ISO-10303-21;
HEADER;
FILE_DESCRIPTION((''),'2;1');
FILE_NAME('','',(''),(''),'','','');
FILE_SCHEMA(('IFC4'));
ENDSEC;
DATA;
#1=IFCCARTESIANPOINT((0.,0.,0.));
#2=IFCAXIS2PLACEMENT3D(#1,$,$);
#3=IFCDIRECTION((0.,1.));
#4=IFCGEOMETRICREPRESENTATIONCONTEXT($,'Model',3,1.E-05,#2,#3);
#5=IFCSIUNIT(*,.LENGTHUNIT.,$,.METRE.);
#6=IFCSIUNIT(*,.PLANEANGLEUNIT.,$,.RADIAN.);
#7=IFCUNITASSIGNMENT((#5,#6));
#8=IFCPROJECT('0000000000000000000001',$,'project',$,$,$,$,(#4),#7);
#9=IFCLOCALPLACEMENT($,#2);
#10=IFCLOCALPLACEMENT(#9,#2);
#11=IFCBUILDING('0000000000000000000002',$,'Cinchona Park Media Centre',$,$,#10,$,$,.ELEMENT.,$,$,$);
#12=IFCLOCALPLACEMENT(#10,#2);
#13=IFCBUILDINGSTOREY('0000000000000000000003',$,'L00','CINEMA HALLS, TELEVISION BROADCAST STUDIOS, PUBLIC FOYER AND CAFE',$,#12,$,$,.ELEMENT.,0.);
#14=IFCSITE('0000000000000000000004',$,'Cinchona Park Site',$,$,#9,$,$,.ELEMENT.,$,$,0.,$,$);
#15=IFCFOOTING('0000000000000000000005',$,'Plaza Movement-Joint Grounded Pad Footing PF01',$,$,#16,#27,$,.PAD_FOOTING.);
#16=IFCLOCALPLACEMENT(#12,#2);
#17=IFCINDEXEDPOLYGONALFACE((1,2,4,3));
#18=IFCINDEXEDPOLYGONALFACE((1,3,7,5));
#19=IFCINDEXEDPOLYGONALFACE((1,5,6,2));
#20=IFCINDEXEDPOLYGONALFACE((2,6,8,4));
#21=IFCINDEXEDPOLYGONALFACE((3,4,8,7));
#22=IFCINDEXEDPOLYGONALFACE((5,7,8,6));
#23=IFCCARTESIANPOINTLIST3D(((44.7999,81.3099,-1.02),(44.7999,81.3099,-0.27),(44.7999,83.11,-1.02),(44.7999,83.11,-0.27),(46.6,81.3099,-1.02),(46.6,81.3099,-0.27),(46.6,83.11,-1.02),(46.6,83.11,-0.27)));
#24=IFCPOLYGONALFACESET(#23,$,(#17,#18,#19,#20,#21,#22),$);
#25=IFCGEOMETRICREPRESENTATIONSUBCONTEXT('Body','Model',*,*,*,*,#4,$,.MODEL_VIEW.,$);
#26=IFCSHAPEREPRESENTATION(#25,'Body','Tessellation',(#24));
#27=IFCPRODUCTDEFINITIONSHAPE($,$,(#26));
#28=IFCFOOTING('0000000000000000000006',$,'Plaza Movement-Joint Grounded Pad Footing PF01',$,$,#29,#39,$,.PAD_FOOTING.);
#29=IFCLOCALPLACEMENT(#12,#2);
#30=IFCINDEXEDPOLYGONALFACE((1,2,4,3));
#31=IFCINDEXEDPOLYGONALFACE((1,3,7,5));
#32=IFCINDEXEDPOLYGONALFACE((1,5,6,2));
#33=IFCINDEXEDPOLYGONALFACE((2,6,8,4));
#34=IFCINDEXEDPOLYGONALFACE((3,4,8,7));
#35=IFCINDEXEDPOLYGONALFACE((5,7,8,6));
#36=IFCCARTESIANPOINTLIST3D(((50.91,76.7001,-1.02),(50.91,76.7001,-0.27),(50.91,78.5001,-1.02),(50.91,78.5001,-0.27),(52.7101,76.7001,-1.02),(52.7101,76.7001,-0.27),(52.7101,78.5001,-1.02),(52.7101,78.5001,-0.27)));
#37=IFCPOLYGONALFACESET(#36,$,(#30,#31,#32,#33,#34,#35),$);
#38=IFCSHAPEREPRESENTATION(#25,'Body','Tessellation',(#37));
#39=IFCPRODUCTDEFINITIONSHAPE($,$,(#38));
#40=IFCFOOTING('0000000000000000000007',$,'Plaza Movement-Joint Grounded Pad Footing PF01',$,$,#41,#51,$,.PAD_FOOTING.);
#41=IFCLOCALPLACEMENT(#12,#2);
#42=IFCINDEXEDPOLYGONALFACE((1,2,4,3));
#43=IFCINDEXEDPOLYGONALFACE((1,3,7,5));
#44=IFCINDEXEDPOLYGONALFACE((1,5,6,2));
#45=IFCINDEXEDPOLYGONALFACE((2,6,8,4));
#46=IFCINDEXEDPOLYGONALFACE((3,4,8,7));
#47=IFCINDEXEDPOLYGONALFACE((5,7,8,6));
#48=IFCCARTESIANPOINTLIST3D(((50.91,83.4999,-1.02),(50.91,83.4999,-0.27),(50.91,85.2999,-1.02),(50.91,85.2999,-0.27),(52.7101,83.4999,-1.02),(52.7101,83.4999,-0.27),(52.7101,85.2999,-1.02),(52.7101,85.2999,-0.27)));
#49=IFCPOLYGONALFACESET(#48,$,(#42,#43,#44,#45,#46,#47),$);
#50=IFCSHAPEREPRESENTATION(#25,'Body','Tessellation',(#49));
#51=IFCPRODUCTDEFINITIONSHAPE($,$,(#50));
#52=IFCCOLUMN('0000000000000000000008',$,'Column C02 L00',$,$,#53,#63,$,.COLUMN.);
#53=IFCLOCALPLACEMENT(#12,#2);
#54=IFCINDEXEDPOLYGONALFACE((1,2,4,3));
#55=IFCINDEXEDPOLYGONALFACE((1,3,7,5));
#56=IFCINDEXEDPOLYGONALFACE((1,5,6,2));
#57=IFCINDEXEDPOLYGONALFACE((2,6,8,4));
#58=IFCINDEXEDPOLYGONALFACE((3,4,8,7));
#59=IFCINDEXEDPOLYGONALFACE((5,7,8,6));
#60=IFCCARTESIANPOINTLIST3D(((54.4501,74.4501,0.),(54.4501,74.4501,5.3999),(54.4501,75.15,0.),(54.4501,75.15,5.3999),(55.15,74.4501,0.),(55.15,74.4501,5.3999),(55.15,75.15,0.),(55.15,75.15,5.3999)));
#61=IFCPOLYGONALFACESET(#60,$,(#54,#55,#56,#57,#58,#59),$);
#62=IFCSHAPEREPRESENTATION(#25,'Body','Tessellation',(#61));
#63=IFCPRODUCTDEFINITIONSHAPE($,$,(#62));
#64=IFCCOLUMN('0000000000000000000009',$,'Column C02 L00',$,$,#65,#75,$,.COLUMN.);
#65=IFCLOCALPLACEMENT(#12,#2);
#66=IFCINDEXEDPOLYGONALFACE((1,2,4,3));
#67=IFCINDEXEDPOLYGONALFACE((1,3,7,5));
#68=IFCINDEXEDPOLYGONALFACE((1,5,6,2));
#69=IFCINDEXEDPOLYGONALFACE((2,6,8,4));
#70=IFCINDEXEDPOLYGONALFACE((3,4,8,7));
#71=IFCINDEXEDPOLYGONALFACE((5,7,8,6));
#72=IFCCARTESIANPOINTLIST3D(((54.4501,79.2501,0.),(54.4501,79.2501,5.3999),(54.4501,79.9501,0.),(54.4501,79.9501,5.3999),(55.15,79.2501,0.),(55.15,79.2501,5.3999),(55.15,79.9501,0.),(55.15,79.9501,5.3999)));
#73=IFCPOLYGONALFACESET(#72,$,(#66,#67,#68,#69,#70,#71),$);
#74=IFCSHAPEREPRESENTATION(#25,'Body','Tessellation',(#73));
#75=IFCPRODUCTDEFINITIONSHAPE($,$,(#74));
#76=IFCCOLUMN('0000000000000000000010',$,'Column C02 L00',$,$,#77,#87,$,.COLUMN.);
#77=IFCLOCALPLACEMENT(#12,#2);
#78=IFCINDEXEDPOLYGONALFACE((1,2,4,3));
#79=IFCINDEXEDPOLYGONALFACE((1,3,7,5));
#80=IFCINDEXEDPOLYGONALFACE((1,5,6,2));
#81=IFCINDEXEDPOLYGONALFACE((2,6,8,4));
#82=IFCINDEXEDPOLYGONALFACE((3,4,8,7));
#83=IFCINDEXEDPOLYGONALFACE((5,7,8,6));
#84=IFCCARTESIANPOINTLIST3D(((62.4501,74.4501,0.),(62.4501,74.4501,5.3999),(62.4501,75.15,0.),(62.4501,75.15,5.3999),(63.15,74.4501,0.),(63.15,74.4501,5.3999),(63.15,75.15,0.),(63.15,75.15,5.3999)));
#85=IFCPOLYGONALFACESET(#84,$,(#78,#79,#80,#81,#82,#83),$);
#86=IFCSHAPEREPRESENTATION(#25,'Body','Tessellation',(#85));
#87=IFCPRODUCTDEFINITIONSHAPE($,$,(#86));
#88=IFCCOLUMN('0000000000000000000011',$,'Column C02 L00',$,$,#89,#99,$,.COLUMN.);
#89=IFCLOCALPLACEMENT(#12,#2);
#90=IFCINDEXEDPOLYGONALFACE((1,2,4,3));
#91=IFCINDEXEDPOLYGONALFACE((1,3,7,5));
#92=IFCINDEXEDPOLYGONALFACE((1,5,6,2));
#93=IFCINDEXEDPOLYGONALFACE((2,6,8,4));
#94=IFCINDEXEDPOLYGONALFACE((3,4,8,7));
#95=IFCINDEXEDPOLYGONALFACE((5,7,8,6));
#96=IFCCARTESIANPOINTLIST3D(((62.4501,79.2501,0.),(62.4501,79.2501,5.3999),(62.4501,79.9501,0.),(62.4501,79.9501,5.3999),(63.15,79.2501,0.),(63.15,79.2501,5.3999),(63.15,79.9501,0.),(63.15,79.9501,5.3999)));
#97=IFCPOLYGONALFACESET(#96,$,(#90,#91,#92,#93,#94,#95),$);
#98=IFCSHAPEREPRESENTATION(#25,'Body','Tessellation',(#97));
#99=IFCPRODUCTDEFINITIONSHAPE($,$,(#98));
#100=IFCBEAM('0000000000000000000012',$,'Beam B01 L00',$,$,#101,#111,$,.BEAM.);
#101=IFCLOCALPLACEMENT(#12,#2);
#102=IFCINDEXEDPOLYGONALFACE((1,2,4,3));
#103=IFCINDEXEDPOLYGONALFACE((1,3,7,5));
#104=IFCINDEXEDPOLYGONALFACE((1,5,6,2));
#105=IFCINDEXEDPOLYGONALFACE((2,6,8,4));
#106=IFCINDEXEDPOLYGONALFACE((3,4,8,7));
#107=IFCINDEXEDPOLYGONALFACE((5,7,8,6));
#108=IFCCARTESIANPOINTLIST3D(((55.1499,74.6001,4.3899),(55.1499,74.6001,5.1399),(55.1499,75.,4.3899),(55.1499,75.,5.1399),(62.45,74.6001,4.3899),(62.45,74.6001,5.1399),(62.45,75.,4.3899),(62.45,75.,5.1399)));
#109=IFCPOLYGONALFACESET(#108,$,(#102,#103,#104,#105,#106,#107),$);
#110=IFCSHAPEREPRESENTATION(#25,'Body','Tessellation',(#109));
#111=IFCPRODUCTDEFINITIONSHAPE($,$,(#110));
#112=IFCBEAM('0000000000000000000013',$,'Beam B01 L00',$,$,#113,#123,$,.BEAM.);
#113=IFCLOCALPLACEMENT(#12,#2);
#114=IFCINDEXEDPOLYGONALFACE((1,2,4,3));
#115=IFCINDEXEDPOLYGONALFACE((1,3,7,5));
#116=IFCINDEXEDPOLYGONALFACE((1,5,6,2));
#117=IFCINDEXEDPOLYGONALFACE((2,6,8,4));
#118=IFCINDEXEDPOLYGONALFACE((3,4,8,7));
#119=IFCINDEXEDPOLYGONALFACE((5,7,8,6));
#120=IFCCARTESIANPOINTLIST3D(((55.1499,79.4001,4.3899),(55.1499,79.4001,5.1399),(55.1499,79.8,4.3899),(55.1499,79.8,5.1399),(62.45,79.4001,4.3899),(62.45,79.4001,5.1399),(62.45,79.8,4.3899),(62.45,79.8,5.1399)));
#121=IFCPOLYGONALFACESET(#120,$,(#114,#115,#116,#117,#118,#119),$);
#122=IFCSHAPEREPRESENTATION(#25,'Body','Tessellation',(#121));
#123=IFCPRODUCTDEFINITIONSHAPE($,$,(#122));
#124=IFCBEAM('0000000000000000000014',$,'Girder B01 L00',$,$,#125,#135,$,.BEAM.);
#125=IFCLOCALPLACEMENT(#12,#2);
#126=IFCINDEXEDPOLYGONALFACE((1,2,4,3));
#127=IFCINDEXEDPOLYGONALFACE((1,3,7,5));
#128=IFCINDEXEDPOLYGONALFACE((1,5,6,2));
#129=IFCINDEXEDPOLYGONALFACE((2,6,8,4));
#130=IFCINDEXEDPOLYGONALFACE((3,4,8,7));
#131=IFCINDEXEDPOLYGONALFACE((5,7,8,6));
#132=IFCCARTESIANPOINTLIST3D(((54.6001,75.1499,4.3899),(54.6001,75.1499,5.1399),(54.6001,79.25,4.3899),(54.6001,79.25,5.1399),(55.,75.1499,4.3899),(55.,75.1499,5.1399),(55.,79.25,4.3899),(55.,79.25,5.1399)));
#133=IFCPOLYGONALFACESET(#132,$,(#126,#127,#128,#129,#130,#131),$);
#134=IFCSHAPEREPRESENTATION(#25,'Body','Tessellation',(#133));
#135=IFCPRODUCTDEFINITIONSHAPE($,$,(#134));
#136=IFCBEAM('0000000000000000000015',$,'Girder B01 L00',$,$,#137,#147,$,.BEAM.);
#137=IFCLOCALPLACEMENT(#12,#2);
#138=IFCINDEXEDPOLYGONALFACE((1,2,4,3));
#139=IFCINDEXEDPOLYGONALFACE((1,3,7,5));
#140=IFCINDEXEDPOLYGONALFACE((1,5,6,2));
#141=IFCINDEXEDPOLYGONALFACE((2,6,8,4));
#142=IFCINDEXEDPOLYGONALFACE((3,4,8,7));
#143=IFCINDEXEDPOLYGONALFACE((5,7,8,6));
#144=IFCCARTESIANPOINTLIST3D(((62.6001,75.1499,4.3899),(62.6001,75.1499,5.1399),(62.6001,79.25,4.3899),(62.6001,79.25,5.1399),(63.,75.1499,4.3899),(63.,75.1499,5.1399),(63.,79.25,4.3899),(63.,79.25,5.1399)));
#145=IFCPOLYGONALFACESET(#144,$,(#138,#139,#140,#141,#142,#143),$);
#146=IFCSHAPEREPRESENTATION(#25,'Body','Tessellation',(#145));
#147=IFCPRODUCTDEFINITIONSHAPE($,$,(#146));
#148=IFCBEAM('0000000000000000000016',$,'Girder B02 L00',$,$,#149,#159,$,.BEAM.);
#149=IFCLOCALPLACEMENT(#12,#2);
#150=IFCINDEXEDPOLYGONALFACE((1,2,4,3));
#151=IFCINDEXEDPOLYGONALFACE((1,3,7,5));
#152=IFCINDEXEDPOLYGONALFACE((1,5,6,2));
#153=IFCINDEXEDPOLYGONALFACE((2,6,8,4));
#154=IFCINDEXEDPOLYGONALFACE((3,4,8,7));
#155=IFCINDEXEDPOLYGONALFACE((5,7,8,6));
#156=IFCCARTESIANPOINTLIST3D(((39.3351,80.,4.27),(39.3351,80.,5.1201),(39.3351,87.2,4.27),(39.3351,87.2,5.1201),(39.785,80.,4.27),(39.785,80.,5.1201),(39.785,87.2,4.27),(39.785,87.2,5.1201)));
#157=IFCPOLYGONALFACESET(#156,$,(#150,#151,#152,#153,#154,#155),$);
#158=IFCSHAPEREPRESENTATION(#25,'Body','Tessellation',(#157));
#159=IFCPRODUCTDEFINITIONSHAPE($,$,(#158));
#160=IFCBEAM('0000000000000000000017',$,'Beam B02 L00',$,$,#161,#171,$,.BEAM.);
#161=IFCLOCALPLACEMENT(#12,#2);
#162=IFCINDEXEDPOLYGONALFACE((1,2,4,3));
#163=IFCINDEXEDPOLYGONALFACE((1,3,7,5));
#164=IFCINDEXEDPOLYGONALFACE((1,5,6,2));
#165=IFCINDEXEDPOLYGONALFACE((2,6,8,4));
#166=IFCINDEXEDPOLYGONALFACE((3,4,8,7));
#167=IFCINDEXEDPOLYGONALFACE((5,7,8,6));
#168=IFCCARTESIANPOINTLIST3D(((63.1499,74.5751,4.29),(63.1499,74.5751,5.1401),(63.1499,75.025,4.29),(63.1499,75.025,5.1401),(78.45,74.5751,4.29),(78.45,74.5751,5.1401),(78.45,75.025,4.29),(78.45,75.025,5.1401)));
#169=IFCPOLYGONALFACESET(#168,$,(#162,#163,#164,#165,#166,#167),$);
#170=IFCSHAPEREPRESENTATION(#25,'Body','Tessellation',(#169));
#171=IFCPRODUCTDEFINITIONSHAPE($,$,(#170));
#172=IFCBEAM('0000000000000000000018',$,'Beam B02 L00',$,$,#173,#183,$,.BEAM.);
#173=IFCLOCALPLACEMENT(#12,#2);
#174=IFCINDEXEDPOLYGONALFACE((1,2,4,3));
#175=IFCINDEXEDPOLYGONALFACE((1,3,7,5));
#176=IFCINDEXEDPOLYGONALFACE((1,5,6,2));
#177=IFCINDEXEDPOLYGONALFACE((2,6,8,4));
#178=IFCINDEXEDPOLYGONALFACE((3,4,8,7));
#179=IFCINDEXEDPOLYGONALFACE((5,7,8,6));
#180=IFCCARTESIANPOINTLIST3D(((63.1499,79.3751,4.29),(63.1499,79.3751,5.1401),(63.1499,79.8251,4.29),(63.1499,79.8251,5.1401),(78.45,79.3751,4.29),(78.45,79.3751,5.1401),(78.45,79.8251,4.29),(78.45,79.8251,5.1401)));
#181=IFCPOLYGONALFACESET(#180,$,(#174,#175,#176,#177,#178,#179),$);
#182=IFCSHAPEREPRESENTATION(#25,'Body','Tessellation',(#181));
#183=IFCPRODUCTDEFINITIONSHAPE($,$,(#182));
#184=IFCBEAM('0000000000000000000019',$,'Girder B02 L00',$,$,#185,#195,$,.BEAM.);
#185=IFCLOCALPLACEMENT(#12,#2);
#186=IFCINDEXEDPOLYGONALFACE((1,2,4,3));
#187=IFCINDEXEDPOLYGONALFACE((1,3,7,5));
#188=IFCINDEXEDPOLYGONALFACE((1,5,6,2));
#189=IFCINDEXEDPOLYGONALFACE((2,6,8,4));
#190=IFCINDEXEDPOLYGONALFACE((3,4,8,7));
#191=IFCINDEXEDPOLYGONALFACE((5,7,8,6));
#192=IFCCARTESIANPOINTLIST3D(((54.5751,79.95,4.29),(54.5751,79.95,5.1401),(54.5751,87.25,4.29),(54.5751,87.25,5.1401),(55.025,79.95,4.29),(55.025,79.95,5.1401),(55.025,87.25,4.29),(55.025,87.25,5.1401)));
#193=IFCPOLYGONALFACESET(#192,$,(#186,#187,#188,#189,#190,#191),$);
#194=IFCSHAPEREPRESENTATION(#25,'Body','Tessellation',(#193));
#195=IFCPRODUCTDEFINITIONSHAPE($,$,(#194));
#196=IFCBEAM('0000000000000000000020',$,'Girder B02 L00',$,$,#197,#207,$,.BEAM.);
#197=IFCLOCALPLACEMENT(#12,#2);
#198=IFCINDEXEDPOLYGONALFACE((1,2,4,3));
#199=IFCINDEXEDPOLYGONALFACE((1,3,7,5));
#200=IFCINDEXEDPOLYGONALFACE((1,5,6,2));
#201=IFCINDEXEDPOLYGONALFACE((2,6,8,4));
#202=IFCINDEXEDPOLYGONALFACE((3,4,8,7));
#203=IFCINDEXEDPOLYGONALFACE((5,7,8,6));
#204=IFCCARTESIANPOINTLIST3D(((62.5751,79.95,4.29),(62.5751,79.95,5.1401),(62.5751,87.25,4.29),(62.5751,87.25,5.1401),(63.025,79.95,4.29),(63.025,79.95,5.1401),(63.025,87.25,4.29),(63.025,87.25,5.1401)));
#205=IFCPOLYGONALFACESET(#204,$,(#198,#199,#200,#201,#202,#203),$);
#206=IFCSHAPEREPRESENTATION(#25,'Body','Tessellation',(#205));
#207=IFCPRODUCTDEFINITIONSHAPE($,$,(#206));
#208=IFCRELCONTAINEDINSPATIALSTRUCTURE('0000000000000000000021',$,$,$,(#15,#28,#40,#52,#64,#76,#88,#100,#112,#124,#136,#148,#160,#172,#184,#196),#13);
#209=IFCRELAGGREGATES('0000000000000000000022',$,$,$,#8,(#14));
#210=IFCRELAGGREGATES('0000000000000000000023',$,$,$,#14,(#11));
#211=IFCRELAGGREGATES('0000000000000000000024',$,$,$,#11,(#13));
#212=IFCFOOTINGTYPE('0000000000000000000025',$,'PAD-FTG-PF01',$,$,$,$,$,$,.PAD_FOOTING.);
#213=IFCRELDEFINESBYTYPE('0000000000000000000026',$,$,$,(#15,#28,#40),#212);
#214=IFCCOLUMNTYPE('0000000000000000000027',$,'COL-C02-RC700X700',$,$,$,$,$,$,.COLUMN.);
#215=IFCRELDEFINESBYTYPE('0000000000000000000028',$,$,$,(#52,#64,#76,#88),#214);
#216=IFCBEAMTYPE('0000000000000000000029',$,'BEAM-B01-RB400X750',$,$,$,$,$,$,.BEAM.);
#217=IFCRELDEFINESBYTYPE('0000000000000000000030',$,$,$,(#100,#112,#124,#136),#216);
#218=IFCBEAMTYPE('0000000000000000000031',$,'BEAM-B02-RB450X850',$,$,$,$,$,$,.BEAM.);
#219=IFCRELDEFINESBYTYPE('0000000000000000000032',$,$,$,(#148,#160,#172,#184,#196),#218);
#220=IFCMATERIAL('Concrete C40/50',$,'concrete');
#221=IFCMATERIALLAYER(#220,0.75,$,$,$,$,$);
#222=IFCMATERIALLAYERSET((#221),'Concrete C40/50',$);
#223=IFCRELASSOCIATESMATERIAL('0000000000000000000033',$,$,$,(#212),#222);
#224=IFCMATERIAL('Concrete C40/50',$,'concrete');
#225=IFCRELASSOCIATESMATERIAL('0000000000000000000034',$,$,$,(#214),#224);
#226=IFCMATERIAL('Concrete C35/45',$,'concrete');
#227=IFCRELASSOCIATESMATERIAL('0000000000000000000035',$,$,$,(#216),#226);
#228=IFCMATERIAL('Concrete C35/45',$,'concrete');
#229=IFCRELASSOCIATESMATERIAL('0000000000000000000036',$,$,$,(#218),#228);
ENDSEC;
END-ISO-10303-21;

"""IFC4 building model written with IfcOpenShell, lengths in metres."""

from ifc_helpers import new_model, si_unit, direction, frame, origin, origin_2d, place, context, subcontext, project, spatial, rectangle, extrude, material, layer, layer_set, material_profile, profile_set, type_object, element, save


model = new_model("IFC4")

# Units and contexts
model_context = context("Model", 3, precision=1e-05, world=origin(), true_north=direction((0.0, 1.0)))
body_context = subcontext(model_context, "Body", "Model", "MODEL_VIEW")
ifc_project = project(units=[si_unit("LENGTHUNIT", "METRE"), si_unit("PLANEANGLEUNIT", "RADIAN")], contexts=[model_context])

# Site, building, storey
site_placement = place(None, origin())
site = spatial("IfcSite", under=ifc_project, at=site_placement, Name="Cinchona Park Site", CompositionType="ELEMENT", RefElevation=0.0)
building_placement = place(site_placement, origin())
building = spatial("IfcBuilding", under=site, at=building_placement, Name="Cinchona Park Media Centre", CompositionType="ELEMENT")
storey_placement = place(building_placement, origin())
storey = spatial("IfcBuildingStorey", under=building, at=storey_placement, Name="L00", Description="CINEMA HALLS, TELEVISION BROADCAST STUDIOS, PUBLIC FOYER AND CAFE", CompositionType="ELEMENT", Elevation=0.0)

# Footings
ifc_material_1 = material(Name="Concrete C40/50", Category="concrete")
ifc_layer_1 = layer(ifc_material_1, 0.75)
ifc_layer_set_1 = layer_set([ifc_layer_1], Name="Concrete C40/50")
footing_type = type_object("IfcFootingType", Name="PAD-FTG-PF01", PredefinedType="PAD_FOOTING", material=ifc_layer_set_1)
for number, where, z_axis, x_axis, name in (
    (1, (45.7, 82.21, -1.02), (0.0, 0.0, 1.0), (1.0, 0.0, 0.0), "Plaza Movement-Joint Grounded Pad Footing PF01"),
    (2, (51.8101, 77.6001, -1.02), (0.0, 0.0, 1.0), (1.0, 0.0, 0.0), "Plaza Movement-Joint Grounded Pad Footing PF01"),
    (3, (51.8101, 84.3999, -1.02), (0.0, 0.0, 1.0), (1.0, 0.0, 0.0), "Plaza Movement-Joint Grounded Pad Footing PF01"),
):
    element("IfcFooting", number, at=place(storey_placement, frame(where, z_axis=z_axis, x_axis=x_axis)), inside=storey, type_object=footing_type, Name=name, PredefinedType="PAD_FOOTING", context=body_context, shape_type="SweptSolid", body=[
        extrude(rectangle(XDim=1.8, YDim=1.8, at=origin_2d()), origin(), (0.0, 0.0, 1.0), 0.75),
    ])

# Columns
ifc_material_2 = material(Name="Concrete C40/50", Category="concrete")
ifc_material_profile_1 = material_profile(ifc_material_2, rectangle(XDim=0.7, YDim=0.7, at=origin_2d()), Name="RC 700X700")
ifc_profile_set_1 = profile_set([ifc_material_profile_1], Name="Concrete C40/50")
column_type = type_object("IfcColumnType", Name="COL-C02-RC700X700", PredefinedType="COLUMN", material=ifc_profile_set_1)
for number, where, z_axis, x_axis, name in (
    (4, (54.8, 74.8, 0.0), (0.0, 0.0, 1.0), (1.0, 0.0, 0.0), "Column C02 L00"),
    (5, (54.8, 79.6001, 0.0), (0.0, 0.0, 1.0), (1.0, 0.0, 0.0), "Column C02 L00"),
    (6, (62.8, 74.8, 0.0), (0.0, 0.0, 1.0), (1.0, 0.0, 0.0), "Column C02 L00"),
    (7, (62.8, 79.6001, 0.0), (0.0, 0.0, 1.0), (1.0, 0.0, 0.0), "Column C02 L00"),
):
    element("IfcColumn", number, at=place(storey_placement, frame(where, z_axis=z_axis, x_axis=x_axis)), inside=storey, type_object=column_type, Name=name, PredefinedType="COLUMN", context=body_context, shape_type="SweptSolid", body=[
        extrude(rectangle(XDim=0.7, YDim=0.7, at=origin_2d()), origin(), (0.0, 0.0, 1.0), 5.3999),
    ])

# Beams
ifc_material_3 = material(Name="Concrete C35/45", Category="concrete")
ifc_material_profile_2 = material_profile(ifc_material_3, rectangle(XDim=0.3999, YDim=0.75, at=origin_2d()), Name="RB 400X750")
ifc_profile_set_2 = profile_set([ifc_material_profile_2], Name="Concrete C35/45")
beam_type_1 = type_object("IfcBeamType", Name="BEAM-B01-RB400X750", PredefinedType="BEAM", material=ifc_profile_set_2)
for number, where, z_axis, x_axis, name in (
    (8, (55.1499, 74.8, 4.7649), (1.0, 0.0, 0.0), (0.0, 1.0, 0.0), "Beam B01 L00"),
    (9, (55.1499, 79.6001, 4.7649), (1.0, 0.0, 0.0), (0.0, 1.0, 0.0), "Beam B01 L00"),
):
    element("IfcBeam", number, at=place(storey_placement, frame(where, z_axis=z_axis, x_axis=x_axis)), inside=storey, type_object=beam_type_1, Name=name, PredefinedType="BEAM", context=body_context, shape_type="SweptSolid", body=[
        extrude(rectangle(XDim=0.3999, YDim=0.75, at=origin_2d()), origin(), (0.0, 0.0, 1.0), 7.3),
    ])
for number, where, z_axis, x_axis, name in (
    (10, (54.8, 75.1499, 4.7649), (0.0, 1.0, 0.0), (-1.0, 0.0, 0.0), "Girder B01 L00"),
    (11, (62.8, 75.1499, 4.7649), (0.0, 1.0, 0.0), (-1.0, 0.0, 0.0), "Girder B01 L00"),
):
    element("IfcBeam", number, at=place(storey_placement, frame(where, z_axis=z_axis, x_axis=x_axis)), inside=storey, type_object=beam_type_1, Name=name, PredefinedType="BEAM", context=body_context, shape_type="SweptSolid", body=[
        extrude(rectangle(XDim=0.3999, YDim=0.75, at=origin_2d()), origin(), (0.0, 0.0, 1.0), 4.1001),
    ])
ifc_material_4 = material(Name="Concrete C35/45", Category="concrete")
ifc_material_profile_3 = material_profile(ifc_material_4, rectangle(XDim=0.45, YDim=0.8501, at=origin_2d()), Name="RB 450X850")
ifc_profile_set_3 = profile_set([ifc_material_profile_3], Name="Concrete C35/45")
beam_type_2 = type_object("IfcBeamType", Name="BEAM-B02-RB450X850", PredefinedType="BEAM", material=ifc_profile_set_3)
beam_1_placement = place(storey_placement, frame((39.5601, 80.0, 4.6951), z_axis=(0.0, 1.0, 0.0), x_axis=(-1.0, 0.0, 0.0)))
element("IfcBeam", 12, at=beam_1_placement, inside=storey, type_object=beam_type_2, Name="Girder B02 L00", PredefinedType="BEAM", context=body_context, shape_type="SweptSolid", body=[
    extrude(rectangle(XDim=0.45, YDim=0.8501, at=origin_2d()), origin(), (0.0, 0.0, 1.0), 7.2),
])
for number, where, z_axis, x_axis, name in (
    (13, (63.1499, 74.8, 4.7151), (1.0, 0.0, 0.0), (0.0, 1.0, 0.0), "Beam B02 L00"),
    (14, (63.1499, 79.6001, 4.7151), (1.0, 0.0, 0.0), (0.0, 1.0, 0.0), "Beam B02 L00"),
):
    element("IfcBeam", number, at=place(storey_placement, frame(where, z_axis=z_axis, x_axis=x_axis)), inside=storey, type_object=beam_type_2, Name=name, PredefinedType="BEAM", context=body_context, shape_type="SweptSolid", body=[
        extrude(rectangle(XDim=0.45, YDim=0.8501, at=origin_2d()), origin(), (0.0, 0.0, 1.0), 15.3),
    ])
for number, where, z_axis, x_axis, name in (
    (15, (54.8, 79.95, 4.7151), (0.0, 1.0, 0.0), (-1.0, 0.0, 0.0), "Girder B02 L00"),
    (16, (62.8, 79.95, 4.7151), (0.0, 1.0, 0.0), (-1.0, 0.0, 0.0), "Girder B02 L00"),
):
    element("IfcBeam", number, at=place(storey_placement, frame(where, z_axis=z_axis, x_axis=x_axis)), inside=storey, type_object=beam_type_2, Name=name, PredefinedType="BEAM", context=body_context, shape_type="SweptSolid", body=[
        extrude(rectangle(XDim=0.45, YDim=0.8501, at=origin_2d()), origin(), (0.0, 0.0, 1.0), 7.3),
    ])

save(model, "model.ifc")
